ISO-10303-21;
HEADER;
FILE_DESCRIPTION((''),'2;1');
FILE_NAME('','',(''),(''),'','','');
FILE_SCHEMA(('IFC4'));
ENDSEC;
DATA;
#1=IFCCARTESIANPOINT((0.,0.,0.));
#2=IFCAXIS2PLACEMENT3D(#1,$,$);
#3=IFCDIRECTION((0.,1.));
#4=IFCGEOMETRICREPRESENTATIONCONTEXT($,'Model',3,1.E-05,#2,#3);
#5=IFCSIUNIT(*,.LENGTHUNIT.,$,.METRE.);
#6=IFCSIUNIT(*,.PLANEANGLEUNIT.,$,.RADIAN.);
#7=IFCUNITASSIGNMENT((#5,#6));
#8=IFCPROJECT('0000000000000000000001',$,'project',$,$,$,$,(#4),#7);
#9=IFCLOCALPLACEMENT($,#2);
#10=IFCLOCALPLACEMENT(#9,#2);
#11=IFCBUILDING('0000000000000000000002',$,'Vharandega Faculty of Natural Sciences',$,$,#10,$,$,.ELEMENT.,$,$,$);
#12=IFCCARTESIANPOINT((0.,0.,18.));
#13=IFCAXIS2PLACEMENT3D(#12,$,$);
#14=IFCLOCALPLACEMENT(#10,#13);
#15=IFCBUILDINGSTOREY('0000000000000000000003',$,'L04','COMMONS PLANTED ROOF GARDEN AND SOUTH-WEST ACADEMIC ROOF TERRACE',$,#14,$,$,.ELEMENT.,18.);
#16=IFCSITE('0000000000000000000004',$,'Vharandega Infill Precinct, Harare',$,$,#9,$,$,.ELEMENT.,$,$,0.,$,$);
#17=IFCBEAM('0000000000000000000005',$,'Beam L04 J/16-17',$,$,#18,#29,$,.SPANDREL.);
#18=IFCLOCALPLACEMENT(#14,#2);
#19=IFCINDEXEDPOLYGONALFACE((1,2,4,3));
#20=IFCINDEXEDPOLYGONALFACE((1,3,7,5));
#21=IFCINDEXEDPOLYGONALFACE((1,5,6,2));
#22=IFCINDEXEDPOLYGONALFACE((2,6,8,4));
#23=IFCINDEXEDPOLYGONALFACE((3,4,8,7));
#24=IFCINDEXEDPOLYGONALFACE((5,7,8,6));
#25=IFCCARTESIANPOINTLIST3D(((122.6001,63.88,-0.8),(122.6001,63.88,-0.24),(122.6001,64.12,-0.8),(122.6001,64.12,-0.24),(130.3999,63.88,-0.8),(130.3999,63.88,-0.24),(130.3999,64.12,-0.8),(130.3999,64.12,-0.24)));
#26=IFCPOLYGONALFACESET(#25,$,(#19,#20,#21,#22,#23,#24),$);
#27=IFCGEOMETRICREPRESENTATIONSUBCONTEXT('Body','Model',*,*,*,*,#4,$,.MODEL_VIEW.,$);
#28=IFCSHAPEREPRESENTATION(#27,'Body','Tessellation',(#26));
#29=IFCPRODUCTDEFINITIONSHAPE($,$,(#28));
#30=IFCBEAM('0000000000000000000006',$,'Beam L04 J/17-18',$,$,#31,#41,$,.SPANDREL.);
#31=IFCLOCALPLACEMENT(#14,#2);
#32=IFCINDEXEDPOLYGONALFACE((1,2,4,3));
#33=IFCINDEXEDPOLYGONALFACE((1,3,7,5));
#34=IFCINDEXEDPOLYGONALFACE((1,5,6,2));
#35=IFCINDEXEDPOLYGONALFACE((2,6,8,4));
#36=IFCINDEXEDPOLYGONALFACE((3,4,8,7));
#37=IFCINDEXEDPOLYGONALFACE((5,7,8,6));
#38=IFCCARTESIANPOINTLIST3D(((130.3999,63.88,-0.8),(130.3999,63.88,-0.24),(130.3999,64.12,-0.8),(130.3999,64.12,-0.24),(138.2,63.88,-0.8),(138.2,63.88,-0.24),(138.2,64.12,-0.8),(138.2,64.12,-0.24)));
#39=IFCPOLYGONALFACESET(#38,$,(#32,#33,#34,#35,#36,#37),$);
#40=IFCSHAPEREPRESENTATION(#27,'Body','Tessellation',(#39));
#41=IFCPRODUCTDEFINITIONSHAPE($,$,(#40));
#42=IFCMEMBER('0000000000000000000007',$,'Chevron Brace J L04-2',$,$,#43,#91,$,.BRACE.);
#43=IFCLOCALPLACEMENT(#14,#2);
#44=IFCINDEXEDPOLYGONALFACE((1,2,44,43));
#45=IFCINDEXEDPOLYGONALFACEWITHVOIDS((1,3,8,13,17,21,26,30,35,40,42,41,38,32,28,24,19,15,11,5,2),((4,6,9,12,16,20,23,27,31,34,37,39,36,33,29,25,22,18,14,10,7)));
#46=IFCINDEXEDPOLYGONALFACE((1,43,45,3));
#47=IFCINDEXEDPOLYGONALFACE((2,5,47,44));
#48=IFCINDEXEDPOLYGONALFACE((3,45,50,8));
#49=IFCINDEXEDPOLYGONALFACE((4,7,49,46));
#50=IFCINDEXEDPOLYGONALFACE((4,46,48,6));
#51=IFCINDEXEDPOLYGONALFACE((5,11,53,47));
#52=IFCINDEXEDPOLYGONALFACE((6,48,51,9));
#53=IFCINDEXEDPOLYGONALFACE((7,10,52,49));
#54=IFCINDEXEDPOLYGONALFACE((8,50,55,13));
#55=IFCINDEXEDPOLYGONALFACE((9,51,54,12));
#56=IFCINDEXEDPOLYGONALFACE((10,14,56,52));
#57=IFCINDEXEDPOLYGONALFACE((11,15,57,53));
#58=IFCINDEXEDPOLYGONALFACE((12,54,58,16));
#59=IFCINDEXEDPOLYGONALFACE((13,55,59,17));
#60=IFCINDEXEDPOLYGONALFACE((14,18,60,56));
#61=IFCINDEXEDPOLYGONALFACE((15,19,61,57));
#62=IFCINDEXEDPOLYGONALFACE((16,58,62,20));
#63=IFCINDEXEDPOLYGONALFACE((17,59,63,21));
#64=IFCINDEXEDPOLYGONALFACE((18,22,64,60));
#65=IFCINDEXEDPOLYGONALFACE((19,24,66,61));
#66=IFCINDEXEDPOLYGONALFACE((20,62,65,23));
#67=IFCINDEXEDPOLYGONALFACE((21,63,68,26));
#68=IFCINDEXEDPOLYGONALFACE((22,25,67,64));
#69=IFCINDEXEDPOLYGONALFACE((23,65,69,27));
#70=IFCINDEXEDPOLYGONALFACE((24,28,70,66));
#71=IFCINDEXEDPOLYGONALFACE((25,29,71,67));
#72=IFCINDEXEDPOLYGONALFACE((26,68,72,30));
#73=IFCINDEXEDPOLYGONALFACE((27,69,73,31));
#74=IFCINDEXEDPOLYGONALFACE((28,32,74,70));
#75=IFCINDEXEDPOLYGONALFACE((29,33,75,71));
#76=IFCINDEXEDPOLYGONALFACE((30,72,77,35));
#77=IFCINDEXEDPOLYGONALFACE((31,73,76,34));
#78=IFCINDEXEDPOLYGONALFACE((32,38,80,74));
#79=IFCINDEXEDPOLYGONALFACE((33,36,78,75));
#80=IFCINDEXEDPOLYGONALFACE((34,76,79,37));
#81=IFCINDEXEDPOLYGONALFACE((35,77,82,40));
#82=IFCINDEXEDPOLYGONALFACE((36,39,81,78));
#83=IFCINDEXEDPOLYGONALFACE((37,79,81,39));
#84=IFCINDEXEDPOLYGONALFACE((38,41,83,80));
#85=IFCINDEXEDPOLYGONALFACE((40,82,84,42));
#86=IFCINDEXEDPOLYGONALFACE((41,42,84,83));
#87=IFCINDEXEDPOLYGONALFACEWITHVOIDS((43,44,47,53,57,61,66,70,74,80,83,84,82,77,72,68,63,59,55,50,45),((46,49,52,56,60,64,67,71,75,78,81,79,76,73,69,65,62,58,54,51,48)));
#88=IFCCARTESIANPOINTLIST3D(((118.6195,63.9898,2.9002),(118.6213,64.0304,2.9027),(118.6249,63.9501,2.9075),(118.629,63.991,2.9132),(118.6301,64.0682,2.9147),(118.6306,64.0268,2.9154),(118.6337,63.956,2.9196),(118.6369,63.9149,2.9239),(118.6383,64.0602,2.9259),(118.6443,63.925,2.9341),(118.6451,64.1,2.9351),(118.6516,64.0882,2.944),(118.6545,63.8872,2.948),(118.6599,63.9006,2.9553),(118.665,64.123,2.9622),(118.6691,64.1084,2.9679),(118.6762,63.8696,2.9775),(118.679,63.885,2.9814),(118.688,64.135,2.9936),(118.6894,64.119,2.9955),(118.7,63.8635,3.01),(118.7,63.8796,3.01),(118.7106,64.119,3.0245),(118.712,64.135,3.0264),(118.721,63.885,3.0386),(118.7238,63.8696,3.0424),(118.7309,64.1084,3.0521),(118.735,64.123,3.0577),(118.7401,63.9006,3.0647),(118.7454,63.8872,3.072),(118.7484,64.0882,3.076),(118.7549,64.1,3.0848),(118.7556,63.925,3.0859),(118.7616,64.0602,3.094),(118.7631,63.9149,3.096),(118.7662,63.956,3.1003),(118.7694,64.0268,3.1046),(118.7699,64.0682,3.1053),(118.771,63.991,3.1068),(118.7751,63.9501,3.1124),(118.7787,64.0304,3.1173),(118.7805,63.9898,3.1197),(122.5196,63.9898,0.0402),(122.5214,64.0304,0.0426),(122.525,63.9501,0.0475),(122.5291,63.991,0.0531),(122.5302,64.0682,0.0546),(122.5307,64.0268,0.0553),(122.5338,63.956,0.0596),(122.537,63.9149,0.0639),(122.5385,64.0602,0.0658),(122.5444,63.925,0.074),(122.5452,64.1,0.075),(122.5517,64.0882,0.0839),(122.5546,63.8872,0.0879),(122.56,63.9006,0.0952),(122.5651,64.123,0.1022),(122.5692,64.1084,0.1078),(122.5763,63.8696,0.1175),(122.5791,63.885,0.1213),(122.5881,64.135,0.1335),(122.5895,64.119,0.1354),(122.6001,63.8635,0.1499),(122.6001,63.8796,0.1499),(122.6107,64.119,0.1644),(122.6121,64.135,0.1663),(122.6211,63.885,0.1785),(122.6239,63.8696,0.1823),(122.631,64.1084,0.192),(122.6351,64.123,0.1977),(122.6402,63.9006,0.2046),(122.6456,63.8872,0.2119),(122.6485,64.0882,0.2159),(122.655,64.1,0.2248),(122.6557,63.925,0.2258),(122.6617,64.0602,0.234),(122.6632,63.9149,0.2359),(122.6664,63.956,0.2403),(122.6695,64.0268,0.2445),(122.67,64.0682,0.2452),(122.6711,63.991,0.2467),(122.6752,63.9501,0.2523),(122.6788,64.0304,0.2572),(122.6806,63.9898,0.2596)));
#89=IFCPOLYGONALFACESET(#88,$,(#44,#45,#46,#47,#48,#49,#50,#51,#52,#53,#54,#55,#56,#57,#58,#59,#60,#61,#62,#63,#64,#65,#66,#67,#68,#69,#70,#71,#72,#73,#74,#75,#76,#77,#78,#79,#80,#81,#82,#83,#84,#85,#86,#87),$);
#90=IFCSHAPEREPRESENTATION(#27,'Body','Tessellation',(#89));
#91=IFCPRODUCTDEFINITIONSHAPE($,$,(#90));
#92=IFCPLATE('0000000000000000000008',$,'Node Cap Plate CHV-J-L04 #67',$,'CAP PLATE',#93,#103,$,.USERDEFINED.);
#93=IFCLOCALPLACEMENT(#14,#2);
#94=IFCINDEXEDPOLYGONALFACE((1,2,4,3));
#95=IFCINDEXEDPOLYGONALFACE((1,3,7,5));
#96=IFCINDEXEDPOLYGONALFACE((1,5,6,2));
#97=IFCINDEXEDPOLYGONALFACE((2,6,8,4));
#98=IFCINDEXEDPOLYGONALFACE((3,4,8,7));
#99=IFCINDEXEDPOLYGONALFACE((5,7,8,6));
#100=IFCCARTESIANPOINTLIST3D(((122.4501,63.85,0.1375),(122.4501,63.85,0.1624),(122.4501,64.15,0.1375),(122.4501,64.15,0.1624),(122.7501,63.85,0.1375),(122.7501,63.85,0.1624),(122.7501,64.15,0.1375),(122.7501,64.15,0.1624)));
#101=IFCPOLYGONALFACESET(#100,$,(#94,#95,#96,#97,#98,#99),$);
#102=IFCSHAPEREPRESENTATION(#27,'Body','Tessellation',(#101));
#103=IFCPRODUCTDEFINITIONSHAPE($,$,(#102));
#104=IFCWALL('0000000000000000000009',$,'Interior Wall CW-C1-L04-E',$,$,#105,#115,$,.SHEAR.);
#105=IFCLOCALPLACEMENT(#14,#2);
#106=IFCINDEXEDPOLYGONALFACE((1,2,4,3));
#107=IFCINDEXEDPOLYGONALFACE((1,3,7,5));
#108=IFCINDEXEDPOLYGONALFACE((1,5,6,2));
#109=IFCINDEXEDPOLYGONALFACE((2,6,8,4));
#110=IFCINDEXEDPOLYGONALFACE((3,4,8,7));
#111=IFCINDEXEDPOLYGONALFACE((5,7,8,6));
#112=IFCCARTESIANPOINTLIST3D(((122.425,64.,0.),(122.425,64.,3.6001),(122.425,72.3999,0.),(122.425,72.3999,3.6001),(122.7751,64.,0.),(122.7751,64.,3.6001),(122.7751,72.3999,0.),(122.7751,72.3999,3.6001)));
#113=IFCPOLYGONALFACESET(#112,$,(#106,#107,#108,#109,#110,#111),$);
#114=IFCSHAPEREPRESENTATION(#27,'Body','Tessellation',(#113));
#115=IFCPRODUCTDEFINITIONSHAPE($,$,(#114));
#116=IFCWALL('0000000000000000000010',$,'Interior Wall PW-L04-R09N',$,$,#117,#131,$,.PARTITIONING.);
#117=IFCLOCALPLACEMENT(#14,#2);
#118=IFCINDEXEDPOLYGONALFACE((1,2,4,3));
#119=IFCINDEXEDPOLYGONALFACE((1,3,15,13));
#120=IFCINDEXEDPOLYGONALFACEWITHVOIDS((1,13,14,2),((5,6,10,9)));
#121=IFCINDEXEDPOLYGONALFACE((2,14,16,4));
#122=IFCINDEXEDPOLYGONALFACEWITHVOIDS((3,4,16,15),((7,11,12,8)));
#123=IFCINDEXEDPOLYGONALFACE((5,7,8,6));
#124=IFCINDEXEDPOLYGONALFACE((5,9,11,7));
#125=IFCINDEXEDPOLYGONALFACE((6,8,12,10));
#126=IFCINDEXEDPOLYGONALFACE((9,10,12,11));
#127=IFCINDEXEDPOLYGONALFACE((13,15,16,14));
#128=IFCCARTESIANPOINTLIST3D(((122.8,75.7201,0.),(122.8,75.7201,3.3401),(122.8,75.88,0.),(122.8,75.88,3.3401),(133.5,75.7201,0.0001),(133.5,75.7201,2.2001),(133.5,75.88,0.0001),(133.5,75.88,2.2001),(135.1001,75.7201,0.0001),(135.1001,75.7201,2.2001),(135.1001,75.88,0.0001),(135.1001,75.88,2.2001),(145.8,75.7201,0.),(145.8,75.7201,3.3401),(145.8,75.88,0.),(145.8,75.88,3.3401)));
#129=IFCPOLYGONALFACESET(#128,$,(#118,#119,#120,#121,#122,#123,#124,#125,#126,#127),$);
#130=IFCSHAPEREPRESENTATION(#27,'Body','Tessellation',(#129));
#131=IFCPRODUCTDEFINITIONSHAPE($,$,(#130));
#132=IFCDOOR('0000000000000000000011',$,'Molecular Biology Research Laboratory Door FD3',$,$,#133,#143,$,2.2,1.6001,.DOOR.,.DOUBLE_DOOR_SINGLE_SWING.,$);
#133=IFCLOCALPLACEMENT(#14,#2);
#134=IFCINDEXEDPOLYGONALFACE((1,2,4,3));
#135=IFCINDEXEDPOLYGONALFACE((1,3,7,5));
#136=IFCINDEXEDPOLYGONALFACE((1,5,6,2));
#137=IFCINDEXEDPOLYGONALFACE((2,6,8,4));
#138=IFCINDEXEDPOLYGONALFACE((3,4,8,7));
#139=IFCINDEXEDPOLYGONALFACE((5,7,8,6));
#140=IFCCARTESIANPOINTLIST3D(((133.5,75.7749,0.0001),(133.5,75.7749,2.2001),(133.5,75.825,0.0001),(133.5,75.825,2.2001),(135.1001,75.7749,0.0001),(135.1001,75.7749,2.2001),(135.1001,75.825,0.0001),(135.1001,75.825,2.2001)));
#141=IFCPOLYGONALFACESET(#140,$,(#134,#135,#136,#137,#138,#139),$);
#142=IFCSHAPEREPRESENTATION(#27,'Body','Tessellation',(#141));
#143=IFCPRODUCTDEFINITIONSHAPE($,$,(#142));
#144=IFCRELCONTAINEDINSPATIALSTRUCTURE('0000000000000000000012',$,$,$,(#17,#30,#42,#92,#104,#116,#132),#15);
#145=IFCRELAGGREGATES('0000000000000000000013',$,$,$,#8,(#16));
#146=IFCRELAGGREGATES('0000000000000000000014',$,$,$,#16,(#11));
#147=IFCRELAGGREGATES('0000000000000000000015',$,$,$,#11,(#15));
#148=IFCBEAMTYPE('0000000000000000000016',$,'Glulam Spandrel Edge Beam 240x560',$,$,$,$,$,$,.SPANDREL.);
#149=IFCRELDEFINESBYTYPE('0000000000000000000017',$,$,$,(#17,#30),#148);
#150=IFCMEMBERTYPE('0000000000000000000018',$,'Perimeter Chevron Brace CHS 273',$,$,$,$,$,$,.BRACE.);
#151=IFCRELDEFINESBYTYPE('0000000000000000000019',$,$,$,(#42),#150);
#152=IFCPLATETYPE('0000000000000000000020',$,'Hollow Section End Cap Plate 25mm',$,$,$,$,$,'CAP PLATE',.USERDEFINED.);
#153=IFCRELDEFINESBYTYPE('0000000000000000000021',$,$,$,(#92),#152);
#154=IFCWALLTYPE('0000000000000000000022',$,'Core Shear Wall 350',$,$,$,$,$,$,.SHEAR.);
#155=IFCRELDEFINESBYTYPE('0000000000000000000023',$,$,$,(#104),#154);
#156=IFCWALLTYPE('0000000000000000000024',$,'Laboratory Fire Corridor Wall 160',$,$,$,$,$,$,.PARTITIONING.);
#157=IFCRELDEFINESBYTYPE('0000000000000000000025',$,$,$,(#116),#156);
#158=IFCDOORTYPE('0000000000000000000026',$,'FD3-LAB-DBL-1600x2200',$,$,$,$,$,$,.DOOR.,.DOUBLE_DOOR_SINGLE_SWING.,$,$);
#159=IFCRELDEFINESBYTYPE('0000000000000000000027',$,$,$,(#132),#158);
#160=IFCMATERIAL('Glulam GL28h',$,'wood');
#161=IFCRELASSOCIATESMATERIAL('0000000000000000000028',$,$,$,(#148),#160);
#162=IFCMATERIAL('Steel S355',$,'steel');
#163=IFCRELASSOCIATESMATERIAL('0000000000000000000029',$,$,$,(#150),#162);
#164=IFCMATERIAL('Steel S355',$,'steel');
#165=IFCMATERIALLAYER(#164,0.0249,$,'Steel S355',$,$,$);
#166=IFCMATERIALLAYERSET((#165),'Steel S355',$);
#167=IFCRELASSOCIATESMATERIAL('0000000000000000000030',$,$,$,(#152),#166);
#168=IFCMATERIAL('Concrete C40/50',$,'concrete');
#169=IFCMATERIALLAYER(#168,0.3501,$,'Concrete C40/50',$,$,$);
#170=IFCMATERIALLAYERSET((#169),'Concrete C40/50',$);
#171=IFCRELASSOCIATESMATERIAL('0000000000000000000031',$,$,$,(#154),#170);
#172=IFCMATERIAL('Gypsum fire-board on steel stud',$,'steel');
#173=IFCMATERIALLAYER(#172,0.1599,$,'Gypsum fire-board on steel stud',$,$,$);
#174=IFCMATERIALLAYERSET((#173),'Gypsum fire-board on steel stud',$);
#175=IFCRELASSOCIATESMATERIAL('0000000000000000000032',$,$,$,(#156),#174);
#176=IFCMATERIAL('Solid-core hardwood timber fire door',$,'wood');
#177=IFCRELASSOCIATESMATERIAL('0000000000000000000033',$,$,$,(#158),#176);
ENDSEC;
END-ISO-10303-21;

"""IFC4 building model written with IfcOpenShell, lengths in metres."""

from ifc_helpers import new_model, si_unit, direction, frame, frame_2d, origin, origin_2d, place, context, subcontext, project, spatial, rectangle, hollow_circle, extrude, material, layer, layer_set, material_profile, profile_set, type_object, element, fill, save


model = new_model("IFC4")

# Units and contexts
model_context = context("Model", 3, precision=1e-05, world=origin(), true_north=direction((0.0, 1.0)))
body_context = subcontext(model_context, "Body", "Model", "MODEL_VIEW")
ifc_project = project(units=[si_unit("LENGTHUNIT", "METRE"), si_unit("PLANEANGLEUNIT", "RADIAN")], contexts=[model_context])

# Site, building, storey
site_placement = place(None, origin())
site = spatial("IfcSite", under=ifc_project, at=site_placement, Name="Vharandega Infill Precinct, Harare", CompositionType="ELEMENT", RefElevation=0.0)
building_placement = place(site_placement, origin())
building = spatial("IfcBuilding", under=site, at=building_placement, Name="Vharandega Faculty of Natural Sciences", CompositionType="ELEMENT")
storey_placement = place(building_placement, frame((0.0, 0.0, 18.0)))
storey = spatial("IfcBuildingStorey", under=building, at=storey_placement, Name="L04", Description="COMMONS PLANTED ROOF GARDEN AND SOUTH-WEST ACADEMIC ROOF TERRACE", CompositionType="ELEMENT", Elevation=18.0)

# Beams
ifc_material_1 = material(Name="Glulam GL28h", Category="wood")
ifc_material_profile_1 = material_profile(ifc_material_1, rectangle(XDim=0.24, YDim=0.5601, at=origin_2d()), Name="GL28h 240x560")
ifc_profile_set_1 = profile_set([ifc_material_profile_1], Name="Glulam GL28h")
beam_type_1 = type_object("IfcBeamType", Name="Glulam Spandrel Edge Beam 240x560", PredefinedType="SPANDREL", material=ifc_profile_set_1)
beam_1_placement = place(storey_placement, frame((122.6001, 64.0, -0.52), z_axis=(1.0, 0.0, 0.0), x_axis=(0.0, 1.0, 0.0)))
element("IfcBeam", 1, at=beam_1_placement, inside=storey, type_object=beam_type_1, Name="Beam L04 J/16-17", PredefinedType="SPANDREL", context=body_context, shape_type="SweptSolid", body=[
    extrude(rectangle(XDim=0.24, YDim=0.5601, at=origin_2d()), origin(), (0.0, 0.0, 1.0), 7.7998),
])
beam_2_placement = place(storey_placement, frame((130.3999, 64.0, -0.52), z_axis=(1.0, 0.0, 0.0), x_axis=(0.0, 1.0, 0.0)))
element("IfcBeam", 2, at=beam_2_placement, inside=storey, type_object=beam_type_1, Name="Beam L04 J/17-18", PredefinedType="SPANDREL", context=body_context, shape_type="SweptSolid", body=[
    extrude(rectangle(XDim=0.24, YDim=0.5601, at=origin_2d()), origin(), (0.0, 0.0, 1.0), 7.8),
])

# Member
ifc_material_2 = material(Name="Steel S355", Category="steel")
ifc_material_profile_2 = material_profile(ifc_material_2, hollow_circle(Radius=0.1365, WallThickness=0.0161, at=origin_2d()), Name="CHS 273x16")
ifc_profile_set_2 = profile_set([ifc_material_profile_2], Name="Steel S355")
member_type = type_object("IfcMemberType", Name="Perimeter Chevron Brace CHS 273", PredefinedType="BRACE", material=ifc_profile_set_2)
member_placement = place(storey_placement, frame((122.6001, 64.0, 0.1499), z_axis=(-0.806405, 0.0, 0.591364), x_axis=(0.0, -1.0, 0.0)))
element("IfcMember", 3, at=member_placement, inside=storey, type_object=member_type, Name="Chevron Brace J L04-2", PredefinedType="BRACE", context=body_context, shape_type="SweptSolid", body=[
    extrude(hollow_circle(Radius=0.1365, WallThickness=0.0161, at=origin_2d()), origin(), (0.0, 0.0, 1.0), 4.8364),
])

# Plate
ifc_material_3 = material(Name="Steel S355", Category="steel")
ifc_layer_1 = layer(ifc_material_3, 0.0249, Name="Steel S355")
ifc_layer_set_1 = layer_set([ifc_layer_1], Name="Steel S355")
plate_type = type_object("IfcPlateType", Name="Hollow Section End Cap Plate 25mm", ElementType="CAP PLATE", PredefinedType="USERDEFINED", material=ifc_layer_set_1)
plate_placement = place(storey_placement, frame((122.6001, 64.0, 0.1375), z_axis=(0.0, 0.0, 1.0), x_axis=(1.0, 0.0, 0.0)))
element("IfcPlate", 4, at=plate_placement, inside=storey, type_object=plate_type, Name="Node Cap Plate CHV-J-L04 #67", ObjectType="CAP PLATE", PredefinedType="USERDEFINED", context=body_context, shape_type="SweptSolid", body=[
    extrude(rectangle(XDim=0.3, YDim=0.3, at=origin_2d()), origin(), (0.0, 0.0, 1.0), 0.0249),
])

# Wall
ifc_material_4 = material(Name="Concrete C40/50", Category="concrete")
ifc_layer_2 = layer(ifc_material_4, 0.3501, Name="Concrete C40/50")
ifc_layer_set_2 = layer_set([ifc_layer_2], Name="Concrete C40/50")
wall_type_1 = type_object("IfcWallType", Name="Core Shear Wall 350", PredefinedType="SHEAR", material=ifc_layer_set_2)
wall_1_placement = place(storey_placement, frame((122.6001, 64.0, 0.0), z_axis=(0.0, 0.0, 1.0), x_axis=(0.0, 1.0, 0.0)))
element("IfcWall", 5, at=wall_1_placement, inside=storey, type_object=wall_type_1, Name="Interior Wall CW-C1-L04-E", PredefinedType="SHEAR", context=body_context, shape_type="SweptSolid", body=[
    extrude(rectangle(XDim=8.3999, YDim=0.3501, at=frame_2d((4.2, 0.0))), origin(), (0.0, 0.0, 1.0), 3.6001),
])

# Wall, opening, door
ifc_material_5 = material(Name="Gypsum fire-board on steel stud", Category="steel")
ifc_layer_3 = layer(ifc_material_5, 0.1599, Name="Gypsum fire-board on steel stud")
ifc_layer_set_3 = layer_set([ifc_layer_3], Name="Gypsum fire-board on steel stud")
wall_type_2 = type_object("IfcWallType", Name="Laboratory Fire Corridor Wall 160", PredefinedType="PARTITIONING", material=ifc_layer_set_3)
wall_2_placement = place(storey_placement, frame((122.8, 75.8, 0.0), z_axis=(0.0, 0.0, 1.0), x_axis=(1.0, 0.0, 0.0)))
wall_2 = element("IfcWall", 6, at=wall_2_placement, inside=storey, type_object=wall_type_2, Name="Interior Wall PW-L04-R09N", PredefinedType="PARTITIONING", context=body_context, shape_type="SweptSolid", body=[
    extrude(rectangle(XDim=23.0, YDim=0.1599, at=frame_2d((11.5, 0.0))), origin(), (0.0, 0.0, 1.0), 3.3401),
])
opening_placement = place(wall_2_placement, frame((10.7, 0.0, 0.0)))
opening = element("IfcOpeningElement", 7, at=opening_placement, cuts=wall_2, PredefinedType="OPENING", context=body_context, shape_type="SweptSolid", body=[
    extrude(rectangle(XDim=1.6001, YDim=2.2, at=frame_2d((0.8, 1.1001))), frame((0.0, 0.0898, 0.0), z_axis=(0.0, -1.0, 0.0), x_axis=(1.0, 0.0, 0.0)), (0.0, 0.0, 1.0), 0.1799),
])
ifc_material_6 = material(Name="Solid-core hardwood timber fire door", Category="wood")
door_type = type_object("IfcDoorType", Name="FD3-LAB-DBL-1600x2200", OperationType="DOUBLE_DOOR_SINGLE_SWING", PredefinedType="DOOR", material=ifc_material_6)
door_placement = place(opening_placement, origin())
door = element("IfcDoor", 8, at=door_placement, inside=storey, type_object=door_type, Name="Molecular Biology Research Laboratory Door FD3", OperationType="DOUBLE_DOOR_SINGLE_SWING", OverallHeight=2.2, OverallWidth=1.6001, PredefinedType="DOOR", context=body_context, shape_type="SweptSolid", body=[
    extrude(rectangle(XDim=1.6001, YDim=2.2, at=frame_2d((0.8, 1.1001))), frame((0.0, 0.0249, 0.0), z_axis=(0.0, -1.0, 0.0), x_axis=(1.0, 0.0, 0.0)), (0.0, 0.0, 1.0), 0.05),
])
fill(opening, door)

save(model, "model.ifc")
